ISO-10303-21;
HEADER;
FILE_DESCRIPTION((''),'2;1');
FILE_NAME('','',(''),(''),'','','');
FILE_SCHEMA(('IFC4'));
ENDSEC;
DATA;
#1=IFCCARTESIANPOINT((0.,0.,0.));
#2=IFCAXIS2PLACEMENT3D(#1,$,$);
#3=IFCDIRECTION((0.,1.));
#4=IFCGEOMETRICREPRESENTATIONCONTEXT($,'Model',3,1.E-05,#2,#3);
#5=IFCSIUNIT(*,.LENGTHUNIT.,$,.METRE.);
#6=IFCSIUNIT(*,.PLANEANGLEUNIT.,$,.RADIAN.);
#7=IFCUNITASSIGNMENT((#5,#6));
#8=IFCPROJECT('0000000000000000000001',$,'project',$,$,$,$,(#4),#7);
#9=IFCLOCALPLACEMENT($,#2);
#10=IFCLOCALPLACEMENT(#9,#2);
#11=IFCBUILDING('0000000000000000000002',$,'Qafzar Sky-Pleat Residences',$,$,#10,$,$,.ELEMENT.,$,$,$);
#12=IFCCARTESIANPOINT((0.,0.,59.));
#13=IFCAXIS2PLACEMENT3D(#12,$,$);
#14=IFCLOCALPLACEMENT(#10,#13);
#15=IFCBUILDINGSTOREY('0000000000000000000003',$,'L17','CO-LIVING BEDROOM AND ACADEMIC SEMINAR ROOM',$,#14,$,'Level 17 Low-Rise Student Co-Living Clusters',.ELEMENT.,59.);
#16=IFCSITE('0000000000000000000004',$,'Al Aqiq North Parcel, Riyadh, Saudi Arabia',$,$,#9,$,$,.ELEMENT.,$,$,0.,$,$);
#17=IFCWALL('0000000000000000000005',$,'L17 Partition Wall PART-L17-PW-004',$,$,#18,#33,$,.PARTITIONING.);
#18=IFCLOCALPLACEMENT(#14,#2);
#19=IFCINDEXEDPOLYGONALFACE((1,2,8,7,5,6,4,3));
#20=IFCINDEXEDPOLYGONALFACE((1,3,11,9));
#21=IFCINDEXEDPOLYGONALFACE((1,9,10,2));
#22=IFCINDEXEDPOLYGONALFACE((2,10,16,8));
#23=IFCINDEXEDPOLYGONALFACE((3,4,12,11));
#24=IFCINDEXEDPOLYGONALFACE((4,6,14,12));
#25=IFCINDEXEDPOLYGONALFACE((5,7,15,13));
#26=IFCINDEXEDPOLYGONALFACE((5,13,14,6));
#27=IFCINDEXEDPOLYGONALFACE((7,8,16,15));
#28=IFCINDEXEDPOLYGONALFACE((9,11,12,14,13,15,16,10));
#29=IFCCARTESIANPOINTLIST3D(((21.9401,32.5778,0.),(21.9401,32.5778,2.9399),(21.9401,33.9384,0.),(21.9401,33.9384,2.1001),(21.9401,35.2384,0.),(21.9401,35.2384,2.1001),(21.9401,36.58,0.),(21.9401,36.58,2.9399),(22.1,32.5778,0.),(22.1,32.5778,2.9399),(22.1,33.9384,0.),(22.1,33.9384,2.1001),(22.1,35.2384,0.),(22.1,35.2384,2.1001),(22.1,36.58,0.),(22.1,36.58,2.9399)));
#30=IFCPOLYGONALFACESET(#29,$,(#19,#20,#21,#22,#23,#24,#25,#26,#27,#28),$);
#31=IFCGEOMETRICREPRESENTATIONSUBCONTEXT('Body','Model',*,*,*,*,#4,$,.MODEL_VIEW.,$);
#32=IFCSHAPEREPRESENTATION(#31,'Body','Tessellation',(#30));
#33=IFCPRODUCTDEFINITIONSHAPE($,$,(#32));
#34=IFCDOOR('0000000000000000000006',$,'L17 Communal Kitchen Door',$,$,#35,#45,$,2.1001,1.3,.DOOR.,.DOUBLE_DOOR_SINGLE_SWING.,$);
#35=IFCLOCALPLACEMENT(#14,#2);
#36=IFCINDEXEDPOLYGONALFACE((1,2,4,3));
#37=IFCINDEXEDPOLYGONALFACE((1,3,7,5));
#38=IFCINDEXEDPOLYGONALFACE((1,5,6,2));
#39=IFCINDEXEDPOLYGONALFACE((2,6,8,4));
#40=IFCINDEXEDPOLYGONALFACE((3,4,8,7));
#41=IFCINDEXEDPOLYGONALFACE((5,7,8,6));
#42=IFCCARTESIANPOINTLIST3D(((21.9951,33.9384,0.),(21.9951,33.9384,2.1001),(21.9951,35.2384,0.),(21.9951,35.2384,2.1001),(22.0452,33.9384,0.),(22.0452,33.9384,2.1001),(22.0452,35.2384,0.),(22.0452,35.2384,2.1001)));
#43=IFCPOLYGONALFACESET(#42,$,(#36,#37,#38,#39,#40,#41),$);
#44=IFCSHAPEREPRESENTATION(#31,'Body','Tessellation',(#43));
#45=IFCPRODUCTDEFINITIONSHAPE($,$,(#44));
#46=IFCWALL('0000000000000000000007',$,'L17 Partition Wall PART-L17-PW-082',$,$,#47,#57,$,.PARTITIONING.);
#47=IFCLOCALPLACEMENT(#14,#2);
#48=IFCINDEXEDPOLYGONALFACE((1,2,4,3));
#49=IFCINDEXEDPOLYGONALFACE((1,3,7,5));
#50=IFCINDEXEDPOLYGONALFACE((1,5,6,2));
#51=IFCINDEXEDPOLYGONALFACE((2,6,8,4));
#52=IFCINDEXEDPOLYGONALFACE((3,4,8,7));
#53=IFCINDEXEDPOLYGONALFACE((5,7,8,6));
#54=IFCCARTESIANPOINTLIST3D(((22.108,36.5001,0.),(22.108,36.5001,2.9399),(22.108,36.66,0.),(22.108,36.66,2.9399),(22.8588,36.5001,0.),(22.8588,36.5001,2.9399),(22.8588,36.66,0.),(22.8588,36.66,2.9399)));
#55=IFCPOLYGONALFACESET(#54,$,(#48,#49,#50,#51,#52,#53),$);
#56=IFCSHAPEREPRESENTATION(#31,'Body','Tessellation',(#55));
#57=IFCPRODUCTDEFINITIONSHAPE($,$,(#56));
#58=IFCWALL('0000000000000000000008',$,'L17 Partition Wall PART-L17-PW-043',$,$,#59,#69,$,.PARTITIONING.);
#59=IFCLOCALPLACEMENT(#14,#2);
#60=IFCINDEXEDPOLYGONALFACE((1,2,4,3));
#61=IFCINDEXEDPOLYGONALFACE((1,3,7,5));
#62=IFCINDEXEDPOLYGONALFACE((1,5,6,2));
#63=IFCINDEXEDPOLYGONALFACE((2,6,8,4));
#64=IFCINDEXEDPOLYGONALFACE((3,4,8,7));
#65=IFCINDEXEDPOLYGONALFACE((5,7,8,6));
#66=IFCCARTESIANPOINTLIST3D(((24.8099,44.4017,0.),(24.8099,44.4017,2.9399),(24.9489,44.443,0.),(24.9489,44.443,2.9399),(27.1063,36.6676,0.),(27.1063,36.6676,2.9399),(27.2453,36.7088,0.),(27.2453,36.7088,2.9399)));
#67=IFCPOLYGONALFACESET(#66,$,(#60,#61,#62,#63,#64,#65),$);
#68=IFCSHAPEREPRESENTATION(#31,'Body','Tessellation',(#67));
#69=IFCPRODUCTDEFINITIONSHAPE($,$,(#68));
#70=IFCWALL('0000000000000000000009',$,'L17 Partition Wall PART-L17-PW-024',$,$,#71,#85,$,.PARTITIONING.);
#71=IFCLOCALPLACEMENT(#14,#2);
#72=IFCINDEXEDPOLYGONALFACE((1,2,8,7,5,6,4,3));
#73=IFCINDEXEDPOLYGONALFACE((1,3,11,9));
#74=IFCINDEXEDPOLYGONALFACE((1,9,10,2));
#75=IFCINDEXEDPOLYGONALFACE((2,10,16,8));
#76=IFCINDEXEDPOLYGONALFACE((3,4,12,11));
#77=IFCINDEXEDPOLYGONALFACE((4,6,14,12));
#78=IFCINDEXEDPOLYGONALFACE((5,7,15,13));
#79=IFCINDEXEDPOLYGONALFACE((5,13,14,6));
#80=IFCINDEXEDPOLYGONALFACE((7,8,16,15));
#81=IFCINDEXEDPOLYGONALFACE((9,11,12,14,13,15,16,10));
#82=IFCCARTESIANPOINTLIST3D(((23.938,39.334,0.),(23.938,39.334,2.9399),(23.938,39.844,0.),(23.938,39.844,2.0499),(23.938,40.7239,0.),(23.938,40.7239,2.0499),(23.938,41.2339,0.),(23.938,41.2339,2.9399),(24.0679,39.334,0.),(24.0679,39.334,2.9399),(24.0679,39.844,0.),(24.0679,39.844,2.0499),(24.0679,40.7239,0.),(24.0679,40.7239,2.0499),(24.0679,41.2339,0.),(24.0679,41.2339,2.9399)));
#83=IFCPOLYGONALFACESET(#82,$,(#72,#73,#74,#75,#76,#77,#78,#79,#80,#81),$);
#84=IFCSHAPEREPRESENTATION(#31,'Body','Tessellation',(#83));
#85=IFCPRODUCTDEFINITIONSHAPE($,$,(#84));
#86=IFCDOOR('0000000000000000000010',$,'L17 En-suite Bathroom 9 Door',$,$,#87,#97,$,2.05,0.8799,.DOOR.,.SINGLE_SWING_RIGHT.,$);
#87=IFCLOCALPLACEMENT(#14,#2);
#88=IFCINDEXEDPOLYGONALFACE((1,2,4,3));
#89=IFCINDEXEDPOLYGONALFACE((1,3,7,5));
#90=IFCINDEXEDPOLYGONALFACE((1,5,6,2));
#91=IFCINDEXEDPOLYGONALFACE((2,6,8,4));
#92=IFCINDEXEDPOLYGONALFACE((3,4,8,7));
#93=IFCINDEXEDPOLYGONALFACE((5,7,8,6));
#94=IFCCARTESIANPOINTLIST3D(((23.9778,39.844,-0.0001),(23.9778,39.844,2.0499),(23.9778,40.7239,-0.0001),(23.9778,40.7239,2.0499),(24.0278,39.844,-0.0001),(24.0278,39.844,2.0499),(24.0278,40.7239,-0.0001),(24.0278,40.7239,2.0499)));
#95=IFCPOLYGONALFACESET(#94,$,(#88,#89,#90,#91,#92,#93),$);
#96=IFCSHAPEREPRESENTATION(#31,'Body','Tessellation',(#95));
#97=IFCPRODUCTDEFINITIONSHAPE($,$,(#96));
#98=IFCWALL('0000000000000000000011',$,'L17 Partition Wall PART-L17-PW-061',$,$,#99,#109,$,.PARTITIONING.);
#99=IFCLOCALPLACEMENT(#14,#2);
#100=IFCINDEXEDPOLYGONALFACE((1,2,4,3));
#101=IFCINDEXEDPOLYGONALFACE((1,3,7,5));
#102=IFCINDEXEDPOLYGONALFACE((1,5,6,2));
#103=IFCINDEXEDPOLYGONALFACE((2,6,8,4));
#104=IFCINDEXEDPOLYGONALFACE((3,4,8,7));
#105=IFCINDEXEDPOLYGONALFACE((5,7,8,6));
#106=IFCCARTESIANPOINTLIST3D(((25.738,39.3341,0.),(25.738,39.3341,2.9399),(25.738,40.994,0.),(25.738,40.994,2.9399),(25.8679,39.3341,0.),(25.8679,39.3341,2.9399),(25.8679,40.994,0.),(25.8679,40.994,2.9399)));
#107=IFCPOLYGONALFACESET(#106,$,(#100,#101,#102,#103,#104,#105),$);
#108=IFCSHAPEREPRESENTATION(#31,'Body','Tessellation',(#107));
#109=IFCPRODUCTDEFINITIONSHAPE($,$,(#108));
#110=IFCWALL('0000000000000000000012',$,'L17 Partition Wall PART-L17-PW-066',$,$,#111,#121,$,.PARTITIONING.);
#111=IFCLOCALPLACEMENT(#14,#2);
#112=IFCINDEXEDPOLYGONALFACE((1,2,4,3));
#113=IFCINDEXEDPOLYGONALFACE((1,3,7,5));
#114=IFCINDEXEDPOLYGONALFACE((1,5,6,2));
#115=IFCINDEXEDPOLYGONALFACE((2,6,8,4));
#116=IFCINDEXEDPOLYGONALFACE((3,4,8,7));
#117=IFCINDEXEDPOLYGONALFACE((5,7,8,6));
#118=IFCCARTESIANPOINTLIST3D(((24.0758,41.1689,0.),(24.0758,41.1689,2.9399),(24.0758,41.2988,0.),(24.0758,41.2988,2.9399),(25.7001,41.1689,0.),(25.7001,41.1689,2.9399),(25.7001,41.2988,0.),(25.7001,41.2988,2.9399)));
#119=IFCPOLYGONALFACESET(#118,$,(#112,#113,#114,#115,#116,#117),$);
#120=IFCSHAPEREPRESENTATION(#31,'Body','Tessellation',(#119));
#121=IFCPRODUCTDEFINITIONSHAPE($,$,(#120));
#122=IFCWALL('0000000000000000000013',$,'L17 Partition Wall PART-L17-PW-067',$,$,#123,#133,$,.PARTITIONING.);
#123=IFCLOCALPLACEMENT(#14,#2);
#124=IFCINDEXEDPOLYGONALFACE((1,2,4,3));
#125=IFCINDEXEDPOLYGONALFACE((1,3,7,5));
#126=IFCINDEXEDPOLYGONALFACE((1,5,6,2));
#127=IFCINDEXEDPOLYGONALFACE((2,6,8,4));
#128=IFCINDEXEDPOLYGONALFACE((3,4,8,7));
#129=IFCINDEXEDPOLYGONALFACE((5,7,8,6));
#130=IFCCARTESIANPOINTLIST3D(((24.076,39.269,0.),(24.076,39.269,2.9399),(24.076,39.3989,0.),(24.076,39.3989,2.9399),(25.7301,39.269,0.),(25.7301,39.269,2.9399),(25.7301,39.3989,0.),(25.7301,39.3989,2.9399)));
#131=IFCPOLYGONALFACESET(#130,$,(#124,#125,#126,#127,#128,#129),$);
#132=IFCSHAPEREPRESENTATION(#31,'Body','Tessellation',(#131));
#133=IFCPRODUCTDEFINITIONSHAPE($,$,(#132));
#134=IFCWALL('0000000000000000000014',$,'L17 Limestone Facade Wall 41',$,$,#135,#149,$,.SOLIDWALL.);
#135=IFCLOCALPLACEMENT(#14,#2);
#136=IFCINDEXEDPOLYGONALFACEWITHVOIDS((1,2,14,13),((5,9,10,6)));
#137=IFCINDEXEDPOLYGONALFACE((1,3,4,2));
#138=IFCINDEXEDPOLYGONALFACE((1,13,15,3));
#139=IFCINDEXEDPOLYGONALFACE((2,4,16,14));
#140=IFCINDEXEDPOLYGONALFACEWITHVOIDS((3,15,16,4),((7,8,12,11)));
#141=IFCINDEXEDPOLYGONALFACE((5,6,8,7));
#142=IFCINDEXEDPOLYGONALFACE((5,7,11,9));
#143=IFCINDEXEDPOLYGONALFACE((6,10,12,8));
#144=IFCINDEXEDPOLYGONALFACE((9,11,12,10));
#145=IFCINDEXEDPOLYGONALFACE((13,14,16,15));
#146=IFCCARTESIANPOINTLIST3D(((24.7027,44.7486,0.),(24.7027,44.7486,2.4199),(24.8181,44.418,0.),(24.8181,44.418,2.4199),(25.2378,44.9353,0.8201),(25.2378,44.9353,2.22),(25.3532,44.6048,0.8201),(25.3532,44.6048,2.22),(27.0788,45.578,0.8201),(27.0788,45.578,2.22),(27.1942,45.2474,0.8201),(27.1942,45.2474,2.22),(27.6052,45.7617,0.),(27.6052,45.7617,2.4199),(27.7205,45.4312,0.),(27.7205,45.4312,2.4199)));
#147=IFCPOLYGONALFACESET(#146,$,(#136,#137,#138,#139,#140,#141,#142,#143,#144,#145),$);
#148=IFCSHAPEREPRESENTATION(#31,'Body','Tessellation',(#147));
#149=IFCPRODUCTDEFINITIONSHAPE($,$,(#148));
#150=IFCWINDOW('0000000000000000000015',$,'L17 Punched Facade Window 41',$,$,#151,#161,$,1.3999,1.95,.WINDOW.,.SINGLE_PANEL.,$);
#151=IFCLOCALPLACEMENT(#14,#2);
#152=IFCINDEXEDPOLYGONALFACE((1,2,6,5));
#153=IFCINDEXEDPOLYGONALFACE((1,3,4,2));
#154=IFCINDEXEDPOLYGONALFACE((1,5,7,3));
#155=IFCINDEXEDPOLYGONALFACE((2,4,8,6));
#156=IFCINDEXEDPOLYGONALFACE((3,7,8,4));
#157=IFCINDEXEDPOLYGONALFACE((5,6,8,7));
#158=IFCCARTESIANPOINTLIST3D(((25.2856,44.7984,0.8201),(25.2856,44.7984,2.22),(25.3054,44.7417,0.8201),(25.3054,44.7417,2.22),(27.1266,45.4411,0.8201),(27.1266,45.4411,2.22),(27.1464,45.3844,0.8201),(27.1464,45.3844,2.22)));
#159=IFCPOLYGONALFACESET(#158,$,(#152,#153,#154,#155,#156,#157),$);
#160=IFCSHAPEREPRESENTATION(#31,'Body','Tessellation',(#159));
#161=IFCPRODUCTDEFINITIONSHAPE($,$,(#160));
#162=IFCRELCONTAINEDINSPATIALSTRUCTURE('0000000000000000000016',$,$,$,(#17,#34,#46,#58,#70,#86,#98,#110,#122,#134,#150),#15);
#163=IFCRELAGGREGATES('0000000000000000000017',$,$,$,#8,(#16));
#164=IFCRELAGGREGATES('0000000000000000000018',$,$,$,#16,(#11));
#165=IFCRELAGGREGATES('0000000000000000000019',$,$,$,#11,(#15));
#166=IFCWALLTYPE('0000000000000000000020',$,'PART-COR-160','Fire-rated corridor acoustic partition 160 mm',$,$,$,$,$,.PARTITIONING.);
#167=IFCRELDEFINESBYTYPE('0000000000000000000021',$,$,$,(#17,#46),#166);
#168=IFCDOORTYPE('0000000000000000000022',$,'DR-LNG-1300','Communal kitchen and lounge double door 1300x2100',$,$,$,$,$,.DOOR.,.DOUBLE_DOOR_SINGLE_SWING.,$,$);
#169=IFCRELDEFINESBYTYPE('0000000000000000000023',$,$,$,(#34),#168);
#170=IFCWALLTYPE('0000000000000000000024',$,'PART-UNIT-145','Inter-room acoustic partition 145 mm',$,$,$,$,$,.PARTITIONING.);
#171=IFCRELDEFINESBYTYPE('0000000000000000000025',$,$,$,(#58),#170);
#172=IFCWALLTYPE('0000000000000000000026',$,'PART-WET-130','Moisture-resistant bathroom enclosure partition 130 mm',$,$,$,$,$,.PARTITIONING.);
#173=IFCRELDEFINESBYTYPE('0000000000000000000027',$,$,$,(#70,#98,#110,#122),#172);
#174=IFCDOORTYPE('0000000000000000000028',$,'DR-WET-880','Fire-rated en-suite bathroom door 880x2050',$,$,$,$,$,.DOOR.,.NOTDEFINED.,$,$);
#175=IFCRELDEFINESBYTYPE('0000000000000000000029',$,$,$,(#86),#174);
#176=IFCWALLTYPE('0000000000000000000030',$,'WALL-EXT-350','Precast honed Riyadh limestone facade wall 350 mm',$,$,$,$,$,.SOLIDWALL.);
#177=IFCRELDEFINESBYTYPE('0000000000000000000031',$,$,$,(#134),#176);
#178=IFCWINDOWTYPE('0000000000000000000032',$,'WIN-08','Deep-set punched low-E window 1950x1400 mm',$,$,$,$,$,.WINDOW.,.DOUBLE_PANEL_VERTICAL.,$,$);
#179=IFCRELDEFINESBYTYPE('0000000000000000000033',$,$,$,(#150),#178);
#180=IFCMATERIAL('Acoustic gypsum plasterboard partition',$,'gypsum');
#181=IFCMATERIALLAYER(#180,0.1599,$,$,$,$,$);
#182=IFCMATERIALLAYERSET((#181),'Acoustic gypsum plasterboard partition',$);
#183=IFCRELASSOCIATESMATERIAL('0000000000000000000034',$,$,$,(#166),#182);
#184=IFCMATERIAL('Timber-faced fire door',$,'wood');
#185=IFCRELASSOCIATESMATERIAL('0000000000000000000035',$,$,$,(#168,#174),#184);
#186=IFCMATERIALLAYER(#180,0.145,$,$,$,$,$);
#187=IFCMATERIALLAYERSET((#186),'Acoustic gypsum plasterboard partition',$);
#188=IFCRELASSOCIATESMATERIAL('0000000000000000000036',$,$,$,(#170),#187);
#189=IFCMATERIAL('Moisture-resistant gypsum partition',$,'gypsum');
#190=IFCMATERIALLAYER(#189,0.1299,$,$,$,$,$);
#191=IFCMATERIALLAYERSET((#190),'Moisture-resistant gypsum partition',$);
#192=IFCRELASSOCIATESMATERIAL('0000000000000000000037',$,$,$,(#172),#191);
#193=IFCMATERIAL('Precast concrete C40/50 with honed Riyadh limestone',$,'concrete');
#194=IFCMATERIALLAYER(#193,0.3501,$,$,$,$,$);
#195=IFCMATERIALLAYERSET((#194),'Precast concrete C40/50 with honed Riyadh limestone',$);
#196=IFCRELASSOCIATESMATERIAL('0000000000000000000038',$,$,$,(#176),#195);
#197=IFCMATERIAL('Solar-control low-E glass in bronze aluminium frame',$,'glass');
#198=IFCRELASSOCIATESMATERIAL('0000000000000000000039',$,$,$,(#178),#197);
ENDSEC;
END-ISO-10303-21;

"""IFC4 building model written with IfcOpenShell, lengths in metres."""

from ifc_helpers import new_model, si_unit, direction, frame, frame_2d, origin, place, context, subcontext, project, spatial, rectangle, extrude, source, transform, mapped, material, layer, layer_set, type_object, element, fill, save


model = new_model("IFC4")

# Units and contexts
model_context = context("Model", 3, precision=1e-05, world=origin(), true_north=direction((0.0, 1.0)))
body_context = subcontext(model_context, "Body", "Model", "MODEL_VIEW")
ifc_project = project(units=[si_unit("LENGTHUNIT", "METRE"), si_unit("PLANEANGLEUNIT", "RADIAN")], contexts=[model_context])

# Site, building, storey
site_placement = place(None, origin())
site = spatial("IfcSite", under=ifc_project, at=site_placement, Name="Al Aqiq North Parcel, Riyadh, Saudi Arabia", CompositionType="ELEMENT", RefElevation=0.0)
building_placement = place(site_placement, origin())
building = spatial("IfcBuilding", under=site, at=building_placement, Name="Qafzar Sky-Pleat Residences", CompositionType="ELEMENT")
storey_placement = place(building_placement, frame((0.0, 0.0, 59.0)))
storey = spatial("IfcBuildingStorey", under=building, at=storey_placement, Name="L17", Description="CO-LIVING BEDROOM AND ACADEMIC SEMINAR ROOM", LongName="Level 17 Low-Rise Student Co-Living Clusters", CompositionType="ELEMENT", Elevation=59.0)

# Wall, opening, door
ifc_material_1 = material(Name="Acoustic gypsum plasterboard partition", Category="gypsum")
ifc_layer_1 = layer(ifc_material_1, 0.1599)
ifc_layer_set_1 = layer_set([ifc_layer_1], Name="Acoustic gypsum plasterboard partition")
wall_type_1 = type_object("IfcWallType", Name="PART-COR-160", Description="Fire-rated corridor acoustic partition 160 mm", PredefinedType="PARTITIONING", material=ifc_layer_set_1)
ifc_material_2 = material(Name="Timber-faced fire door", Category="wood")
door_type_1 = type_object("IfcDoorType", Name="DR-LNG-1300", Description="Communal kitchen and lounge double door 1300x2100", OperationType="DOUBLE_DOOR_SINGLE_SWING", PredefinedType="DOOR", material=ifc_material_2)
shared_shape_1 = source(origin(), body_context, "Body", "SweptSolid", [
    extrude(rectangle(XDim=1.3, YDim=2.1001, at=frame_2d((0.6499, 1.05))), frame((0.0, 0.0249, 0.0), z_axis=(0.0, -1.0, 0.0), x_axis=(1.0, 0.0, 0.0)), (0.0, 0.0, 1.0), 0.05),
])
wall_1_placement = place(storey_placement, frame((22.02, 32.5779, 0.0), z_axis=(0.0, 0.0, 1.0), x_axis=(0.0, 1.0, 0.0)))
wall_1 = element("IfcWall", 1, at=wall_1_placement, inside=storey, type_object=wall_type_1, Name="L17 Partition Wall PART-L17-PW-004", PredefinedType="PARTITIONING", context=body_context, shape_type="SweptSolid", body=[
    extrude(rectangle(XDim=4.0022, YDim=0.1599, at=frame_2d((2.001, 0.0))), origin(), (0.0, 0.0, 1.0), 2.9399),
])
opening_1_placement = place(wall_1_placement, frame((1.3606, 0.0, 0.0)))
opening_1 = element("IfcOpeningElement", 2, at=opening_1_placement, cuts=wall_1, PredefinedType="OPENING", context=body_context, shape_type="SweptSolid", body=[
    extrude(rectangle(XDim=1.3, YDim=2.1001, at=frame_2d((0.6499, 1.05))), frame((0.0, 0.0898, 0.0), z_axis=(0.0, -1.0, 0.0), x_axis=(1.0, 0.0, 0.0)), (0.0, 0.0, 1.0), 0.1799),
])
door_1_placement = place(opening_1_placement, origin())
door_1 = element("IfcDoor", 3, at=door_1_placement, inside=storey, type_object=door_type_1, Name="L17 Communal Kitchen Door", OperationType="DOUBLE_DOOR_SINGLE_SWING", OverallHeight=2.1001, OverallWidth=1.3, PredefinedType="DOOR", context=body_context, shape_type="MappedRepresentation", body=[
    mapped(shared_shape_1, transform((0.0, 0.0, 0.0), x_axis=(1.0, 0.0, 0.0), y_axis=(0.0, 1.0, 0.0), z_axis=(0.0, 0.0, 1.0), scale=1.0)),
])
fill(opening_1, door_1)

# Walls
wall_2_placement = place(storey_placement, frame((22.1079, 36.5801, 0.0), z_axis=(0.0, 0.0, 1.0), x_axis=(1.0, 0.0, 0.0)))
element("IfcWall", 4, at=wall_2_placement, inside=storey, type_object=wall_type_1, Name="L17 Partition Wall PART-L17-PW-082", PredefinedType="PARTITIONING", context=body_context, shape_type="SweptSolid", body=[
    extrude(rectangle(XDim=0.7507, YDim=0.1599, at=frame_2d((0.3755, 0.0))), origin(), (0.0, 0.0, 1.0), 2.9399),
])
ifc_layer_2 = layer(ifc_material_1, 0.145)
ifc_layer_set_2 = layer_set([ifc_layer_2], Name="Acoustic gypsum plasterboard partition")
wall_type_2 = type_object("IfcWallType", Name="PART-UNIT-145", Description="Inter-room acoustic partition 145 mm", PredefinedType="PARTITIONING", material=ifc_layer_set_2)
wall_3_placement = place(storey_placement, frame((24.8794, 44.4224, 0.0), z_axis=(0.0, 0.0, 1.0), x_axis=(0.284634, -0.958636, 0.0)))
element("IfcWall", 5, at=wall_3_placement, inside=storey, type_object=wall_type_2, Name="L17 Partition Wall PART-L17-PW-043", PredefinedType="PARTITIONING", context=body_context, shape_type="SweptSolid", body=[
    extrude(rectangle(XDim=8.0679, YDim=0.145, at=frame_2d((4.0339, 0.0))), origin(), (0.0, 0.0, 1.0), 2.9399),
])

# Wall, opening, door
ifc_material_3 = material(Name="Moisture-resistant gypsum partition", Category="gypsum")
ifc_layer_3 = layer(ifc_material_3, 0.1299)
ifc_layer_set_3 = layer_set([ifc_layer_3], Name="Moisture-resistant gypsum partition")
wall_type_3 = type_object("IfcWallType", Name="PART-WET-130", Description="Moisture-resistant bathroom enclosure partition 130 mm", PredefinedType="PARTITIONING", material=ifc_layer_set_3)
wall_4_placement = place(storey_placement, frame((24.0029, 41.2339, 0.0), z_axis=(0.0, 0.0, 1.0), x_axis=(0.0, -1.0, 0.0)))
wall_4 = element("IfcWall", 6, at=wall_4_placement, inside=storey, type_object=wall_type_3, Name="L17 Partition Wall PART-L17-PW-024", PredefinedType="PARTITIONING", context=body_context, shape_type="SweptSolid", body=[
    extrude(rectangle(XDim=1.8999, YDim=0.1299, at=frame_2d((0.95, 0.0))), origin(), (0.0, 0.0, 1.0), 2.9399),
])
opening_2_placement = place(wall_4_placement, frame((0.51, 0.0, 0.0)))
opening_2 = element("IfcOpeningElement", 7, at=opening_2_placement, cuts=wall_4, PredefinedType="OPENING", context=body_context, shape_type="SweptSolid", body=[
    extrude(rectangle(XDim=0.8799, YDim=2.05, at=frame_2d((0.4399, 1.0249))), frame((0.0, 0.075, 0.0), z_axis=(0.0, -1.0, 0.0), x_axis=(1.0, 0.0, 0.0)), (0.0, 0.0, 1.0), 0.1499),
])
door_type_2 = type_object("IfcDoorType", Name="DR-WET-880", Description="Fire-rated en-suite bathroom door 880x2050", OperationType="NOTDEFINED", PredefinedType="DOOR", material=ifc_material_2)
shared_shape_2 = source(origin(), body_context, "Body", "SweptSolid", [
    extrude(rectangle(XDim=0.8799, YDim=2.05, at=frame_2d((0.4399, 1.0249))), frame((0.0, 0.0249, 0.0), z_axis=(0.0, -1.0, 0.0), x_axis=(1.0, 0.0, 0.0)), (0.0, 0.0, 1.0), 0.05),
])
door_2_placement = place(opening_2_placement, origin())
door_2 = element("IfcDoor", 8, at=door_2_placement, inside=storey, type_object=door_type_2, Name="L17 En-suite Bathroom 9 Door", OperationType="SINGLE_SWING_RIGHT", OverallHeight=2.05, OverallWidth=0.8799, PredefinedType="DOOR", context=body_context, shape_type="MappedRepresentation", body=[
    mapped(shared_shape_2, transform((0.0, 0.0, 0.0), x_axis=(1.0, 0.0, 0.0), y_axis=(0.0, 1.0, 0.0), z_axis=(0.0, 0.0, 1.0), scale=1.0)),
])
fill(opening_2, door_2)

# Walls
wall_5_placement = place(storey_placement, frame((25.803, 39.334, 0.0), z_axis=(0.0, 0.0, 1.0), x_axis=(0.0, 1.0, 0.0)))
element("IfcWall", 9, at=wall_5_placement, inside=storey, type_object=wall_type_3, Name="L17 Partition Wall PART-L17-PW-061", PredefinedType="PARTITIONING", context=body_context, shape_type="SweptSolid", body=[
    extrude(rectangle(XDim=1.6599, YDim=0.1299, at=frame_2d((0.8301, 0.0))), origin(), (0.0, 0.0, 1.0), 2.9399),
])
wall_6_placement = place(storey_placement, frame((24.0759, 41.2339, 0.0), z_axis=(0.0, 0.0, 1.0), x_axis=(1.0, 0.0, 0.0)))
element("IfcWall", 10, at=wall_6_placement, inside=storey, type_object=wall_type_3, Name="L17 Partition Wall PART-L17-PW-066", PredefinedType="PARTITIONING", context=body_context, shape_type="SweptSolid", body=[
    extrude(rectangle(XDim=1.6243, YDim=0.1299, at=frame_2d((0.812, 0.0))), origin(), (0.0, 0.0, 1.0), 2.9399),
])
wall_7_placement = place(storey_placement, frame((24.0759, 39.334, 0.0), z_axis=(0.0, 0.0, 1.0), x_axis=(1.0, 0.0, 0.0)))
element("IfcWall", 11, at=wall_7_placement, inside=storey, type_object=wall_type_3, Name="L17 Partition Wall PART-L17-PW-067", PredefinedType="PARTITIONING", context=body_context, shape_type="SweptSolid", body=[
    extrude(rectangle(XDim=1.6541, YDim=0.1299, at=frame_2d((0.8271, 0.0))), origin(), (0.0, 0.0, 1.0), 2.9399),
])

# Wall, opening, window
ifc_material_4 = material(Name="Precast concrete C40/50 with honed Riyadh limestone", Category="concrete")
ifc_layer_4 = layer(ifc_material_4, 0.3501)
ifc_layer_set_4 = layer_set([ifc_layer_4], Name="Precast concrete C40/50 with honed Riyadh limestone")
wall_type_4 = type_object("IfcWallType", Name="WALL-EXT-350", Description="Precast honed Riyadh limestone facade wall 350 mm", PredefinedType="SOLIDWALL", material=ifc_layer_set_4)
wall_8_placement = place(storey_placement, frame((27.6628, 45.5964, 0.0), z_axis=(0.0, 0.0, 1.0), x_axis=(-0.944134, -0.329561, 0.0)))
wall_8 = element("IfcWall", 12, at=wall_8_placement, inside=storey, type_object=wall_type_4, Name="L17 Limestone Facade Wall 41", PredefinedType="SOLIDWALL", context=body_context, shape_type="SweptSolid", body=[
    extrude(rectangle(XDim=3.0742, YDim=0.3501, at=frame_2d((1.5371, 0.0))), origin(), (0.0, 0.0, 1.0), 2.4199),
])
opening_3_placement = place(wall_8_placement, frame((0.5574, 0.0, 0.8201)))
opening_3 = element("IfcOpeningElement", 13, at=opening_3_placement, cuts=wall_8, PredefinedType="OPENING", context=body_context, shape_type="SweptSolid", body=[
    extrude(rectangle(XDim=1.95, YDim=1.3999, at=frame_2d((0.9751, 0.7))), frame((0.0, 0.1851, 0.0), z_axis=(0.0, -1.0, 0.0), x_axis=(1.0, 0.0, 0.0)), (0.0, 0.0, 1.0), 0.3701),
])
ifc_material_5 = material(Name="Solar-control low-E glass in bronze aluminium frame", Category="glass")
window_type_1 = type_object("IfcWindowType", Name="WIN-08", Description="Deep-set punched low-E window 1950x1400 mm", PartitioningType="DOUBLE_PANEL_VERTICAL", PredefinedType="WINDOW", material=ifc_material_5)
shared_shape_3 = source(origin(), body_context, "Body", "SweptSolid", [
    extrude(rectangle(XDim=1.95, YDim=1.3999, at=frame_2d((0.9751, 0.7))), frame((0.0, 0.03, 0.0), z_axis=(0.0, -1.0, 0.0), x_axis=(1.0, 0.0, 0.0)), (0.0, 0.0, 1.0), 0.0601),
])
window_1_placement = place(opening_3_placement, origin())
window_1 = element("IfcWindow", 14, at=window_1_placement, inside=storey, type_object=window_type_1, Name="L17 Punched Facade Window 41", OverallHeight=1.3999, OverallWidth=1.95, PartitioningType="SINGLE_PANEL", PredefinedType="WINDOW", context=body_context, shape_type="MappedRepresentation", body=[
    mapped(shared_shape_3, transform((0.0, 0.0, 0.0), x_axis=(1.0, 0.0, 0.0), y_axis=(0.0, 1.0, 0.0), z_axis=(0.0, 0.0, 1.0), scale=1.0)),
])
fill(opening_3, window_1)

save(model, "model.ifc")
